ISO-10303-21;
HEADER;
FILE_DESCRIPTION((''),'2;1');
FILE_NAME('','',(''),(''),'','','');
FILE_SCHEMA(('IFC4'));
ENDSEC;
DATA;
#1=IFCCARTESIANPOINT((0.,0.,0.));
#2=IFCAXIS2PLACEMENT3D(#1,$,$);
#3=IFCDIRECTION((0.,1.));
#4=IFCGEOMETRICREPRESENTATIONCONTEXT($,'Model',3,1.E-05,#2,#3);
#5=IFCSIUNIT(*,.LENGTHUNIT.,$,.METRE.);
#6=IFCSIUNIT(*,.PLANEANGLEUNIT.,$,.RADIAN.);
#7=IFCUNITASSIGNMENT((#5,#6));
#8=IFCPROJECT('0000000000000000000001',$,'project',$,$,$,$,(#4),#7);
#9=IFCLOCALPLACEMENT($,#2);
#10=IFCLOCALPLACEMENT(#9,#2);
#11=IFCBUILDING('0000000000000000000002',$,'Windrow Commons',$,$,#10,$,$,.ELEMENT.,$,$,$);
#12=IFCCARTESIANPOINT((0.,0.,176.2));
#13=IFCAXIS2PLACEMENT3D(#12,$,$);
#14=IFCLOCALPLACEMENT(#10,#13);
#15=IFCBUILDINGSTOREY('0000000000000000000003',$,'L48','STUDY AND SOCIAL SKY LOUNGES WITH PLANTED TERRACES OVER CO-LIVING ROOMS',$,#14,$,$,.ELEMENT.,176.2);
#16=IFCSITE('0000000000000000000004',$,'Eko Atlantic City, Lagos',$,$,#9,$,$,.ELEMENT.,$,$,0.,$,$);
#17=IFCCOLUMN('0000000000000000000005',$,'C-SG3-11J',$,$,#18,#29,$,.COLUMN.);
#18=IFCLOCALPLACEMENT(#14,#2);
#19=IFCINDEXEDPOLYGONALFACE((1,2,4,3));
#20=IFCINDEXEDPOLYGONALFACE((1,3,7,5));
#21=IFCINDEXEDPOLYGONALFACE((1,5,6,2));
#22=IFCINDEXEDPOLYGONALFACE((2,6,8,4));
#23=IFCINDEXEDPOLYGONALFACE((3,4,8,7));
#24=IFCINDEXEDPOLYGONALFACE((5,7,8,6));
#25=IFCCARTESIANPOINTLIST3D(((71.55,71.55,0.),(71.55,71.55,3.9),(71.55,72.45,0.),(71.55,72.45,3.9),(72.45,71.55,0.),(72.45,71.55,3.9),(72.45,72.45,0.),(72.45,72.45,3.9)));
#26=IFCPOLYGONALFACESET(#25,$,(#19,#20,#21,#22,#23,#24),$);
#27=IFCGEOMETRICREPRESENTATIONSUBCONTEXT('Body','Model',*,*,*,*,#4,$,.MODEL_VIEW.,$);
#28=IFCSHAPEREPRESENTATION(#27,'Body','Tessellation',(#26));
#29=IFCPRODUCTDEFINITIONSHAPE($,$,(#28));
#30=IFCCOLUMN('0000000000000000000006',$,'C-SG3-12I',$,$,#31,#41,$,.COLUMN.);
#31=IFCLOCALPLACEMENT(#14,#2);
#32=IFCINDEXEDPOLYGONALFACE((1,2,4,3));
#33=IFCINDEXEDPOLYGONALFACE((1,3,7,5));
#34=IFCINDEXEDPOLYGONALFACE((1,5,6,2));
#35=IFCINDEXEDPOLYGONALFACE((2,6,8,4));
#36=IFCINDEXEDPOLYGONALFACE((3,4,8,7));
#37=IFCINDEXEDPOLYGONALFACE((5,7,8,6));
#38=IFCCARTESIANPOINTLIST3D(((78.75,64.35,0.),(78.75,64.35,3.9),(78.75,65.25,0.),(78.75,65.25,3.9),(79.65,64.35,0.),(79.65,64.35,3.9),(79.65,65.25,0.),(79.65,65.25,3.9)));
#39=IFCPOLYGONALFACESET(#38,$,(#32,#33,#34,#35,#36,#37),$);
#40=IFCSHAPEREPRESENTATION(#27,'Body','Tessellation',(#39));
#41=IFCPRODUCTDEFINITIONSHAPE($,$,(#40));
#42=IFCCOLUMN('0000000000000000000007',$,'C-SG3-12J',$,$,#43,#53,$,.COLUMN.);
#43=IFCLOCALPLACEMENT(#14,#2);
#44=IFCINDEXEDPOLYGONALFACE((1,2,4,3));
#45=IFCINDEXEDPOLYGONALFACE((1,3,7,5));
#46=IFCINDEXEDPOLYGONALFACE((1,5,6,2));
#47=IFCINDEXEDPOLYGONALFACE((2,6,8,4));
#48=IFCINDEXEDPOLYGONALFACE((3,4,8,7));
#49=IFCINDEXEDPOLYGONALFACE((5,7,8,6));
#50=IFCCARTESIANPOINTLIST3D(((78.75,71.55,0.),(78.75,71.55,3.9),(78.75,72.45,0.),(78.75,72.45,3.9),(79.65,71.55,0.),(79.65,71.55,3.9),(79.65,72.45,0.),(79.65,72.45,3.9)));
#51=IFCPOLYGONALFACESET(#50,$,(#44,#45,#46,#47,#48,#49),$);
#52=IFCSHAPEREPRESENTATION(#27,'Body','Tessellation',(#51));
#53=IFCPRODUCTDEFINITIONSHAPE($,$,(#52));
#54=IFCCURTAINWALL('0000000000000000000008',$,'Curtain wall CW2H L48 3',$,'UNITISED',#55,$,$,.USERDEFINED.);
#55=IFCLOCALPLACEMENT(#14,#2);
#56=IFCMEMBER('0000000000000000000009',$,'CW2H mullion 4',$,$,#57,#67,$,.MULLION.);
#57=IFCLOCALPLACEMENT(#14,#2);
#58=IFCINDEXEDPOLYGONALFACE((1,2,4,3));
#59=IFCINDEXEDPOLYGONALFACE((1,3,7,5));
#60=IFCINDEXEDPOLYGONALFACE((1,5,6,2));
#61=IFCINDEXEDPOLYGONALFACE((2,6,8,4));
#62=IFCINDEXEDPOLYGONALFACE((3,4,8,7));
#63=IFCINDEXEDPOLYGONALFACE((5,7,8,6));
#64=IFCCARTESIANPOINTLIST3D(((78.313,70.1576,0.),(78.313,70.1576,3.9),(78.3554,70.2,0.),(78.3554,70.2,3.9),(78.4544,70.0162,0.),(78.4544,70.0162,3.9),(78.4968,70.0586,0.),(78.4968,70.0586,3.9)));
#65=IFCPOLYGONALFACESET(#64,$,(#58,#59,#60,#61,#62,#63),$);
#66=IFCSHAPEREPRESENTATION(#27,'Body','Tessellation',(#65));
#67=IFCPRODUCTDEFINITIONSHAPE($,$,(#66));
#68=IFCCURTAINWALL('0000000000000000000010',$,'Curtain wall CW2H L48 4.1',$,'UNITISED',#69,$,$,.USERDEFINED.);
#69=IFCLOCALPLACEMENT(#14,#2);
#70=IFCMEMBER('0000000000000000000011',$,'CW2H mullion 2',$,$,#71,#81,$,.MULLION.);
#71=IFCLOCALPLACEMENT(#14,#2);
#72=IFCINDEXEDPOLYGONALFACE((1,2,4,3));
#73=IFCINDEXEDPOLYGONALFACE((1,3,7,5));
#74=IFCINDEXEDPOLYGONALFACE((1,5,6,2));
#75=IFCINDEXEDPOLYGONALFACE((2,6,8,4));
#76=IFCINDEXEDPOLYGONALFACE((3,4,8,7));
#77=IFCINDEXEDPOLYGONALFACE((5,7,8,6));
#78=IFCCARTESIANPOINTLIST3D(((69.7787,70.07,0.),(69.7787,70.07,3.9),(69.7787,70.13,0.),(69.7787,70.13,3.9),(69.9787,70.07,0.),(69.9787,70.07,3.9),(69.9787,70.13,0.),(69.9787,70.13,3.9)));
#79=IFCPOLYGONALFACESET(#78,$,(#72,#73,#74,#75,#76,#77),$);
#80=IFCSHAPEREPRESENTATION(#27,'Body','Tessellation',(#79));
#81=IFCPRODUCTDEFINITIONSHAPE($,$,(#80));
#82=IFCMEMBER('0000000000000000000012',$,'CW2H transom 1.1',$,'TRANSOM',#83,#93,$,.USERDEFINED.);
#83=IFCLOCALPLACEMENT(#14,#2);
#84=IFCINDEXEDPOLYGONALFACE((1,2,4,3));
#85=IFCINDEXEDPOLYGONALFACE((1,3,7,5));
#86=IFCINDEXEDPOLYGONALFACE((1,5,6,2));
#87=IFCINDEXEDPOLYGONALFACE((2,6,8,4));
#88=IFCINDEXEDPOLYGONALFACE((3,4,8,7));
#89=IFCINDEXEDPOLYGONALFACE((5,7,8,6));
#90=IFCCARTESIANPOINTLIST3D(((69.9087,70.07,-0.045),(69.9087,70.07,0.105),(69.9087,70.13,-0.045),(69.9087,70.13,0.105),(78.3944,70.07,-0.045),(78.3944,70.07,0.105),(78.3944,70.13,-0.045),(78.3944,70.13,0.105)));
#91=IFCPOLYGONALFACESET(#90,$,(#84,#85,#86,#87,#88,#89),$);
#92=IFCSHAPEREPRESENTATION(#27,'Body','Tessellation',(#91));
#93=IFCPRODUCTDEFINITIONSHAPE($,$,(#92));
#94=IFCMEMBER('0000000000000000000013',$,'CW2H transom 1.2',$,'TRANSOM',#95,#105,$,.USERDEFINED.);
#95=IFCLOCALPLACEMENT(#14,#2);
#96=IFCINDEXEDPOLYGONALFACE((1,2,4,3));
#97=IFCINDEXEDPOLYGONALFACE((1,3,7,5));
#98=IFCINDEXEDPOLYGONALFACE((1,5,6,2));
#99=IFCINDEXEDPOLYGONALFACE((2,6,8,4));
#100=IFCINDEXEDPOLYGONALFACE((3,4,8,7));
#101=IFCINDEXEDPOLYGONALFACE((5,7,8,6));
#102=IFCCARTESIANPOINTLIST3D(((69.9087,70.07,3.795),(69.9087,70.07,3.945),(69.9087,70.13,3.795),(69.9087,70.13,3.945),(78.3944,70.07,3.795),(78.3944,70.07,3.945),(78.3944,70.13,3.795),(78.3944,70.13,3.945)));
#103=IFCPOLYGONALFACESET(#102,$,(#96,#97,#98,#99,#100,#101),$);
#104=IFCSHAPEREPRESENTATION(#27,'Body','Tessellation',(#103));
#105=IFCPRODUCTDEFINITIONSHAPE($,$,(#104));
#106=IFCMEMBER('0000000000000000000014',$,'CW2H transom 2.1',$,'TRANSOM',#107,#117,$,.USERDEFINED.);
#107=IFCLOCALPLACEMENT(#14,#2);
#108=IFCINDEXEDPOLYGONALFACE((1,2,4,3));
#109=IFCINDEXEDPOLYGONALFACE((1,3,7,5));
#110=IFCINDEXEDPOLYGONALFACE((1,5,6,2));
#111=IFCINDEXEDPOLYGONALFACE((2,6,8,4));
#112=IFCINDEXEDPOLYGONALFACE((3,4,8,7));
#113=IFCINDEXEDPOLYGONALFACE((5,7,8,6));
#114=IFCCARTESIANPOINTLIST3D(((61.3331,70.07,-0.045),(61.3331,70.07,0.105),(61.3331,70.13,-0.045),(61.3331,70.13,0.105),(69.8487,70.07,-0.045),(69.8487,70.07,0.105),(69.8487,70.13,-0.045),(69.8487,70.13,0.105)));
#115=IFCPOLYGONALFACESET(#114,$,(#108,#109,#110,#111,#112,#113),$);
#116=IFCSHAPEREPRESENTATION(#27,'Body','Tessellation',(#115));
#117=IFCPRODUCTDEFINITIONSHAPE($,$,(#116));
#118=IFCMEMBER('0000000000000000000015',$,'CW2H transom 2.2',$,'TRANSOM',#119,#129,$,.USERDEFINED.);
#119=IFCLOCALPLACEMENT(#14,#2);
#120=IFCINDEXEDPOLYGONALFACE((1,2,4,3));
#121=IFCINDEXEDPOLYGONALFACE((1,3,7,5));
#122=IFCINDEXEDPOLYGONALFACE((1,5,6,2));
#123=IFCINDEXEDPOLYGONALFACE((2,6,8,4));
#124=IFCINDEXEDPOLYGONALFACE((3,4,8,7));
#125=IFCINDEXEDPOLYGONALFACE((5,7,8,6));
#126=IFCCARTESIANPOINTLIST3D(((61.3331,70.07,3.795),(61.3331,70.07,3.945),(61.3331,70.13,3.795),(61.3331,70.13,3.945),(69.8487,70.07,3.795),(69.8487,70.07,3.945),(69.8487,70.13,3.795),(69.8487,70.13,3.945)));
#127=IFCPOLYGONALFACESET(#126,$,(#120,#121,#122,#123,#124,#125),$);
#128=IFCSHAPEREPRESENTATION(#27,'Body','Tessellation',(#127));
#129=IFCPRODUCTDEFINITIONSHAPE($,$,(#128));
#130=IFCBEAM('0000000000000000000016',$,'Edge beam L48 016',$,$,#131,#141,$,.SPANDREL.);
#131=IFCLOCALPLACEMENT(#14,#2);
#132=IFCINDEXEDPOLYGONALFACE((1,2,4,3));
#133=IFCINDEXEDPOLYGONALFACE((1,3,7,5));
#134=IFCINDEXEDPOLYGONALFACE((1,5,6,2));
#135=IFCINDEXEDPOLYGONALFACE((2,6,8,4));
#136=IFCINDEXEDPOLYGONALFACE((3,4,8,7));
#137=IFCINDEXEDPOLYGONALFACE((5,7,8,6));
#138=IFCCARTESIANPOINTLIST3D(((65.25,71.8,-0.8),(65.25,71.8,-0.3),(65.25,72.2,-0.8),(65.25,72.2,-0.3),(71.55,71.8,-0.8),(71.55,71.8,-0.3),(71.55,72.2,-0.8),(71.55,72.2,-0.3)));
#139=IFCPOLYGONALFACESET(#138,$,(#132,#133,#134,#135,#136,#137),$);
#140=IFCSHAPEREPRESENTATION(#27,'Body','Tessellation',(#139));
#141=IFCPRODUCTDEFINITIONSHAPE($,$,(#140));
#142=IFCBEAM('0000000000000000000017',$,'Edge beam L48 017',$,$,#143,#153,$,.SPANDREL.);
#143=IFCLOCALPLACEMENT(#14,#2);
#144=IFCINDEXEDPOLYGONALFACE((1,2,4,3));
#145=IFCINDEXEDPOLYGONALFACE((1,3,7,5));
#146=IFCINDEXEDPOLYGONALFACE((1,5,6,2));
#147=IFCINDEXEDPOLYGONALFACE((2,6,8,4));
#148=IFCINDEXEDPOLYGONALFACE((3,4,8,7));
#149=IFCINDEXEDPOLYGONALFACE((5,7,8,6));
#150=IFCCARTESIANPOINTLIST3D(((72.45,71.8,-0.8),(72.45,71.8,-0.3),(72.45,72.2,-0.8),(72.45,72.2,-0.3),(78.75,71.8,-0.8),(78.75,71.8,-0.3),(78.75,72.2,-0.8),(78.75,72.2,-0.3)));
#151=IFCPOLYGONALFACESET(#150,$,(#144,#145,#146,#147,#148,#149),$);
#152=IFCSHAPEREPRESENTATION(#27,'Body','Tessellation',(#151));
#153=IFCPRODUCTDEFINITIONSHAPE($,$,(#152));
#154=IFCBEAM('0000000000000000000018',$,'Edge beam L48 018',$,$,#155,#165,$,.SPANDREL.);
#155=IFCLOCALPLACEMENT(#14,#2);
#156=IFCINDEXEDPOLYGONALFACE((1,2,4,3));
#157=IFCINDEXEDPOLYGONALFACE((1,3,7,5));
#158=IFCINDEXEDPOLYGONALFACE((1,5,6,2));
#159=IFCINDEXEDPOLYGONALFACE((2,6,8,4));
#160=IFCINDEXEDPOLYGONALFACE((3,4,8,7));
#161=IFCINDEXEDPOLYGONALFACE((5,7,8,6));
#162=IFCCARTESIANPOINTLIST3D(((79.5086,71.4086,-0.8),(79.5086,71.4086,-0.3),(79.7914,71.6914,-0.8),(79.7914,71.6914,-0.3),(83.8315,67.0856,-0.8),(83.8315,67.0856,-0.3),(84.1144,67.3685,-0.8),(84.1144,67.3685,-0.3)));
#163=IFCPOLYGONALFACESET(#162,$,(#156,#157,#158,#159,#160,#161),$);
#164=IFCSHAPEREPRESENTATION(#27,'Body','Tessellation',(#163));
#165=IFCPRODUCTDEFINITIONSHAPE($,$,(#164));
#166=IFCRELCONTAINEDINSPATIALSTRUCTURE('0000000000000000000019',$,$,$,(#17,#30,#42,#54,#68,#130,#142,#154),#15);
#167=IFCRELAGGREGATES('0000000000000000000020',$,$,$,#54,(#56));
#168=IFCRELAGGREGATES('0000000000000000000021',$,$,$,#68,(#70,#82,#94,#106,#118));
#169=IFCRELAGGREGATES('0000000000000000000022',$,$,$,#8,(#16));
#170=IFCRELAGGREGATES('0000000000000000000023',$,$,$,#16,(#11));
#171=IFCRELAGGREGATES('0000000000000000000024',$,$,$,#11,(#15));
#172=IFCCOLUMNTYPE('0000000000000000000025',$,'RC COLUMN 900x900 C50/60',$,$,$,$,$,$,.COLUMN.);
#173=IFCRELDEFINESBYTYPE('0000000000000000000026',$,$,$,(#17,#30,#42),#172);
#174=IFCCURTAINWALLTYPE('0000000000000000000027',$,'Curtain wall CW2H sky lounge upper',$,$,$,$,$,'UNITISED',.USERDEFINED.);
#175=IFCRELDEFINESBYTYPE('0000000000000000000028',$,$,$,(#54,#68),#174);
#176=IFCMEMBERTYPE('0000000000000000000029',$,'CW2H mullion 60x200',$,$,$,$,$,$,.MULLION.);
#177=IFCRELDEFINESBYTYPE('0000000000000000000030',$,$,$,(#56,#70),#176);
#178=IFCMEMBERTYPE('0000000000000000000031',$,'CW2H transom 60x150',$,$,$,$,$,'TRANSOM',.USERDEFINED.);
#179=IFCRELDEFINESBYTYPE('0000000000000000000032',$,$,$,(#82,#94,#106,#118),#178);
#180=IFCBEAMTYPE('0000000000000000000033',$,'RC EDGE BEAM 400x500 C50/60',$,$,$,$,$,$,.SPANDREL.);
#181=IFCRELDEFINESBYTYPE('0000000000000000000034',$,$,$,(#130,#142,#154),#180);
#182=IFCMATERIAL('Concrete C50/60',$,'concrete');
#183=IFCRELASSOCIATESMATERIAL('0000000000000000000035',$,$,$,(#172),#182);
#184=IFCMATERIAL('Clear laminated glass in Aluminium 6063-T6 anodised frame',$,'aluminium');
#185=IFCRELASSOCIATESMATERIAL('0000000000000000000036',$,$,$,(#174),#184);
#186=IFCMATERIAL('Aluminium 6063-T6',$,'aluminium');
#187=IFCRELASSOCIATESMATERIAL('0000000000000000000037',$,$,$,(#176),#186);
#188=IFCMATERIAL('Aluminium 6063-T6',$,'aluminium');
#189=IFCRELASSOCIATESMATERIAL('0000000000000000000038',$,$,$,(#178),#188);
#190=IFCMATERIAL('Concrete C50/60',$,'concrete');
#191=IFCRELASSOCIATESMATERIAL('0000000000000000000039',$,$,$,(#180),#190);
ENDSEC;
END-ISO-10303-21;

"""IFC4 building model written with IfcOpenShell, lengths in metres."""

from ifc_helpers import new_model, si_unit, direction, frame, origin, origin_2d, place, context, subcontext, project, spatial, rectangle, extrude, material, material_profile, profile_set, type_object, element, aggregate, save


model = new_model("IFC4")

# Units and contexts
model_context = context("Model", 3, precision=1e-05, world=origin(), true_north=direction((0.0, 1.0)))
body_context = subcontext(model_context, "Body", "Model", "MODEL_VIEW")
ifc_project = project(units=[si_unit("LENGTHUNIT", "METRE"), si_unit("PLANEANGLEUNIT", "RADIAN")], contexts=[model_context])

# Site, building, storey
site_placement = place(None, origin())
site = spatial("IfcSite", under=ifc_project, at=site_placement, Name="Eko Atlantic City, Lagos", CompositionType="ELEMENT", RefElevation=0.0)
building_placement = place(site_placement, origin())
building = spatial("IfcBuilding", under=site, at=building_placement, Name="Windrow Commons", CompositionType="ELEMENT")
storey_placement = place(building_placement, frame((0.0, 0.0, 176.2)))
storey = spatial("IfcBuildingStorey", under=building, at=storey_placement, Name="L48", Description="STUDY AND SOCIAL SKY LOUNGES WITH PLANTED TERRACES OVER CO-LIVING ROOMS", CompositionType="ELEMENT", Elevation=176.2)

# Columns
ifc_material_1 = material(Name="Concrete C50/60", Category="concrete")
ifc_material_profile_1 = material_profile(ifc_material_1, rectangle(XDim=0.9, YDim=0.9, at=origin_2d()))
ifc_profile_set_1 = profile_set([ifc_material_profile_1], Name="Concrete C50/60")
column_type = type_object("IfcColumnType", Name="RC COLUMN 900x900 C50/60", PredefinedType="COLUMN", material=ifc_profile_set_1)
for number, where, z_axis, x_axis, name in (
    (1, (72.0, 72.0, 0.0), (0.0, 0.0, 1.0), (1.0, 0.0, 0.0), "C-SG3-11J"),
    (2, (79.2, 64.8, 0.0), (0.0, 0.0, 1.0), (1.0, 0.0, 0.0), "C-SG3-12I"),
    (3, (79.2, 72.0, 0.0), (0.0, 0.0, 1.0), (1.0, 0.0, 0.0), "C-SG3-12J"),
):
    element("IfcColumn", number, at=place(storey_placement, frame(where, z_axis=z_axis, x_axis=x_axis)), inside=storey, type_object=column_type, Name=name, PredefinedType="COLUMN", context=body_context, shape_type="SweptSolid", body=[
        extrude(rectangle(XDim=0.9, YDim=0.9, at=origin_2d()), origin(), (0.0, 0.0, 1.0), 3.9),
    ])

# Curtain wall, member
ifc_material_2 = material(Name="Clear laminated glass in Aluminium 6063-T6 anodised frame", Category="aluminium")
curtain_wall_type = type_object("IfcCurtainWallType", Name="Curtain wall CW2H sky lounge upper", ElementType="UNITISED", PredefinedType="USERDEFINED", material=ifc_material_2)
placement = place(storey_placement, origin())
curtain_wall_1 = element("IfcCurtainWall", 4, at=placement, inside=storey, type_object=curtain_wall_type, Name="Curtain wall CW2H L48 3", ObjectType="UNITISED", PredefinedType="USERDEFINED")
ifc_material_3 = material(Name="Aluminium 6063-T6", Category="aluminium")
ifc_material_profile_2 = material_profile(ifc_material_3, rectangle(XDim=0.06, YDim=0.2, at=origin_2d()))
ifc_profile_set_2 = profile_set([ifc_material_profile_2], Name="Aluminium 6063-T6")
member_type_1 = type_object("IfcMemberType", Name="CW2H mullion 60x200", PredefinedType="MULLION", material=ifc_profile_set_2)
member_1_placement = place(storey_placement, frame((78.4049, 70.1081, 0.0), z_axis=(0.0, 0.0, 1.0), x_axis=(-0.707107, -0.707107, 0.0)))
member_1 = element("IfcMember", 5, at=member_1_placement, type_object=member_type_1, Name="CW2H mullion 4", PredefinedType="MULLION", context=body_context, shape_type="SweptSolid", body=[
    extrude(rectangle(XDim=0.06, YDim=0.2, at=origin_2d()), origin(), (0.0, 0.0, 1.0), 3.9),
])
aggregate(curtain_wall_1, [member_1])

# Curtain wall, members
curtain_wall_2 = element("IfcCurtainWall", 6, at=placement, inside=storey, type_object=curtain_wall_type, Name="Curtain wall CW2H L48 4.1", ObjectType="UNITISED", PredefinedType="USERDEFINED")
member_2_placement = place(storey_placement, frame((69.8787, 70.1, 0.0), z_axis=(0.0, 0.0, 1.0), x_axis=(0.0, -1.0, 0.0)))
member_2 = element("IfcMember", 7, at=member_2_placement, type_object=member_type_1, Name="CW2H mullion 2", PredefinedType="MULLION", context=body_context, shape_type="SweptSolid", body=[
    extrude(rectangle(XDim=0.06, YDim=0.2, at=origin_2d()), origin(), (0.0, 0.0, 1.0), 3.9),
])
ifc_material_4 = material(Name="Aluminium 6063-T6", Category="aluminium")
ifc_material_profile_3 = material_profile(ifc_material_4, rectangle(XDim=0.06, YDim=0.15, at=origin_2d()))
ifc_profile_set_3 = profile_set([ifc_material_profile_3], Name="Aluminium 6063-T6")
member_type_2 = type_object("IfcMemberType", Name="CW2H transom 60x150", ElementType="TRANSOM", PredefinedType="USERDEFINED", material=ifc_profile_set_3)
member_3_placement = place(storey_placement, frame((78.3944, 70.1, 0.03), z_axis=(-1.0, 0.0, 0.0), x_axis=(0.0, -1.0, 0.0)))
member_3 = element("IfcMember", 8, at=member_3_placement, type_object=member_type_2, Name="CW2H transom 1.1", ObjectType="TRANSOM", PredefinedType="USERDEFINED", context=body_context, shape_type="SweptSolid", body=[
    extrude(rectangle(XDim=0.06, YDim=0.15, at=origin_2d()), origin(), (0.0, 0.0, 1.0), 8.4857),
])
member_4_placement = place(storey_placement, frame((78.3944, 70.1, 3.87), z_axis=(-1.0, 0.0, 0.0), x_axis=(0.0, -1.0, 0.0)))
member_4 = element("IfcMember", 9, at=member_4_placement, type_object=member_type_2, Name="CW2H transom 1.2", ObjectType="TRANSOM", PredefinedType="USERDEFINED", context=body_context, shape_type="SweptSolid", body=[
    extrude(rectangle(XDim=0.06, YDim=0.15, at=origin_2d()), origin(), (0.0, 0.0, 1.0), 8.4857),
])
member_5_placement = place(storey_placement, frame((69.8487, 70.1, 0.03), z_axis=(-1.0, 0.0, 0.0), x_axis=(0.0, -1.0, 0.0)))
member_5 = element("IfcMember", 10, at=member_5_placement, type_object=member_type_2, Name="CW2H transom 2.1", ObjectType="TRANSOM", PredefinedType="USERDEFINED", context=body_context, shape_type="SweptSolid", body=[
    extrude(rectangle(XDim=0.06, YDim=0.15, at=origin_2d()), origin(), (0.0, 0.0, 1.0), 8.5156),
])
member_6_placement = place(storey_placement, frame((69.8487, 70.1, 3.87), z_axis=(-1.0, 0.0, 0.0), x_axis=(0.0, -1.0, 0.0)))
member_6 = element("IfcMember", 11, at=member_6_placement, type_object=member_type_2, Name="CW2H transom 2.2", ObjectType="TRANSOM", PredefinedType="USERDEFINED", context=body_context, shape_type="SweptSolid", body=[
    extrude(rectangle(XDim=0.06, YDim=0.15, at=origin_2d()), origin(), (0.0, 0.0, 1.0), 8.5156),
])

# Beams
ifc_material_5 = material(Name="Concrete C50/60", Category="concrete")
ifc_material_profile_4 = material_profile(ifc_material_5, rectangle(XDim=0.4, YDim=0.5, at=origin_2d()))
ifc_profile_set_4 = profile_set([ifc_material_profile_4], Name="Concrete C50/60")
beam_type = type_object("IfcBeamType", Name="RC EDGE BEAM 400x500 C50/60", PredefinedType="SPANDREL", material=ifc_profile_set_4)
for number, where, z_axis, x_axis, name in (
    (12, (65.25, 72.0, -0.55), (1.0, 0.0, 0.0), (0.0, 1.0, 0.0), "Edge beam L48 016"),
    (13, (72.45, 72.0, -0.55), (1.0, 0.0, 0.0), (0.0, 1.0, 0.0), "Edge beam L48 017"),
):
    element("IfcBeam", number, at=place(storey_placement, frame(where, z_axis=z_axis, x_axis=x_axis)), inside=storey, type_object=beam_type, Name=name, PredefinedType="SPANDREL", context=body_context, shape_type="SweptSolid", body=[
        extrude(rectangle(XDim=0.4, YDim=0.5, at=origin_2d()), origin(), (0.0, 0.0, 1.0), 6.3),
    ])
beam_placement = place(storey_placement, frame((79.65, 71.55, -0.55), z_axis=(0.707107, -0.707107, 0.0), x_axis=(0.707107, 0.707107, 0.0)))
element("IfcBeam", 14, at=beam_placement, inside=storey, type_object=beam_type, Name="Edge beam L48 018", PredefinedType="SPANDREL", context=body_context, shape_type="SweptSolid", body=[
    extrude(rectangle(XDim=0.4, YDim=0.5, at=origin_2d()), origin(), (0.0, 0.0, 1.0), 6.1136),
])

aggregate(curtain_wall_2, [member_2, member_3, member_4, member_5, member_6])

save(model, "model.ifc")
